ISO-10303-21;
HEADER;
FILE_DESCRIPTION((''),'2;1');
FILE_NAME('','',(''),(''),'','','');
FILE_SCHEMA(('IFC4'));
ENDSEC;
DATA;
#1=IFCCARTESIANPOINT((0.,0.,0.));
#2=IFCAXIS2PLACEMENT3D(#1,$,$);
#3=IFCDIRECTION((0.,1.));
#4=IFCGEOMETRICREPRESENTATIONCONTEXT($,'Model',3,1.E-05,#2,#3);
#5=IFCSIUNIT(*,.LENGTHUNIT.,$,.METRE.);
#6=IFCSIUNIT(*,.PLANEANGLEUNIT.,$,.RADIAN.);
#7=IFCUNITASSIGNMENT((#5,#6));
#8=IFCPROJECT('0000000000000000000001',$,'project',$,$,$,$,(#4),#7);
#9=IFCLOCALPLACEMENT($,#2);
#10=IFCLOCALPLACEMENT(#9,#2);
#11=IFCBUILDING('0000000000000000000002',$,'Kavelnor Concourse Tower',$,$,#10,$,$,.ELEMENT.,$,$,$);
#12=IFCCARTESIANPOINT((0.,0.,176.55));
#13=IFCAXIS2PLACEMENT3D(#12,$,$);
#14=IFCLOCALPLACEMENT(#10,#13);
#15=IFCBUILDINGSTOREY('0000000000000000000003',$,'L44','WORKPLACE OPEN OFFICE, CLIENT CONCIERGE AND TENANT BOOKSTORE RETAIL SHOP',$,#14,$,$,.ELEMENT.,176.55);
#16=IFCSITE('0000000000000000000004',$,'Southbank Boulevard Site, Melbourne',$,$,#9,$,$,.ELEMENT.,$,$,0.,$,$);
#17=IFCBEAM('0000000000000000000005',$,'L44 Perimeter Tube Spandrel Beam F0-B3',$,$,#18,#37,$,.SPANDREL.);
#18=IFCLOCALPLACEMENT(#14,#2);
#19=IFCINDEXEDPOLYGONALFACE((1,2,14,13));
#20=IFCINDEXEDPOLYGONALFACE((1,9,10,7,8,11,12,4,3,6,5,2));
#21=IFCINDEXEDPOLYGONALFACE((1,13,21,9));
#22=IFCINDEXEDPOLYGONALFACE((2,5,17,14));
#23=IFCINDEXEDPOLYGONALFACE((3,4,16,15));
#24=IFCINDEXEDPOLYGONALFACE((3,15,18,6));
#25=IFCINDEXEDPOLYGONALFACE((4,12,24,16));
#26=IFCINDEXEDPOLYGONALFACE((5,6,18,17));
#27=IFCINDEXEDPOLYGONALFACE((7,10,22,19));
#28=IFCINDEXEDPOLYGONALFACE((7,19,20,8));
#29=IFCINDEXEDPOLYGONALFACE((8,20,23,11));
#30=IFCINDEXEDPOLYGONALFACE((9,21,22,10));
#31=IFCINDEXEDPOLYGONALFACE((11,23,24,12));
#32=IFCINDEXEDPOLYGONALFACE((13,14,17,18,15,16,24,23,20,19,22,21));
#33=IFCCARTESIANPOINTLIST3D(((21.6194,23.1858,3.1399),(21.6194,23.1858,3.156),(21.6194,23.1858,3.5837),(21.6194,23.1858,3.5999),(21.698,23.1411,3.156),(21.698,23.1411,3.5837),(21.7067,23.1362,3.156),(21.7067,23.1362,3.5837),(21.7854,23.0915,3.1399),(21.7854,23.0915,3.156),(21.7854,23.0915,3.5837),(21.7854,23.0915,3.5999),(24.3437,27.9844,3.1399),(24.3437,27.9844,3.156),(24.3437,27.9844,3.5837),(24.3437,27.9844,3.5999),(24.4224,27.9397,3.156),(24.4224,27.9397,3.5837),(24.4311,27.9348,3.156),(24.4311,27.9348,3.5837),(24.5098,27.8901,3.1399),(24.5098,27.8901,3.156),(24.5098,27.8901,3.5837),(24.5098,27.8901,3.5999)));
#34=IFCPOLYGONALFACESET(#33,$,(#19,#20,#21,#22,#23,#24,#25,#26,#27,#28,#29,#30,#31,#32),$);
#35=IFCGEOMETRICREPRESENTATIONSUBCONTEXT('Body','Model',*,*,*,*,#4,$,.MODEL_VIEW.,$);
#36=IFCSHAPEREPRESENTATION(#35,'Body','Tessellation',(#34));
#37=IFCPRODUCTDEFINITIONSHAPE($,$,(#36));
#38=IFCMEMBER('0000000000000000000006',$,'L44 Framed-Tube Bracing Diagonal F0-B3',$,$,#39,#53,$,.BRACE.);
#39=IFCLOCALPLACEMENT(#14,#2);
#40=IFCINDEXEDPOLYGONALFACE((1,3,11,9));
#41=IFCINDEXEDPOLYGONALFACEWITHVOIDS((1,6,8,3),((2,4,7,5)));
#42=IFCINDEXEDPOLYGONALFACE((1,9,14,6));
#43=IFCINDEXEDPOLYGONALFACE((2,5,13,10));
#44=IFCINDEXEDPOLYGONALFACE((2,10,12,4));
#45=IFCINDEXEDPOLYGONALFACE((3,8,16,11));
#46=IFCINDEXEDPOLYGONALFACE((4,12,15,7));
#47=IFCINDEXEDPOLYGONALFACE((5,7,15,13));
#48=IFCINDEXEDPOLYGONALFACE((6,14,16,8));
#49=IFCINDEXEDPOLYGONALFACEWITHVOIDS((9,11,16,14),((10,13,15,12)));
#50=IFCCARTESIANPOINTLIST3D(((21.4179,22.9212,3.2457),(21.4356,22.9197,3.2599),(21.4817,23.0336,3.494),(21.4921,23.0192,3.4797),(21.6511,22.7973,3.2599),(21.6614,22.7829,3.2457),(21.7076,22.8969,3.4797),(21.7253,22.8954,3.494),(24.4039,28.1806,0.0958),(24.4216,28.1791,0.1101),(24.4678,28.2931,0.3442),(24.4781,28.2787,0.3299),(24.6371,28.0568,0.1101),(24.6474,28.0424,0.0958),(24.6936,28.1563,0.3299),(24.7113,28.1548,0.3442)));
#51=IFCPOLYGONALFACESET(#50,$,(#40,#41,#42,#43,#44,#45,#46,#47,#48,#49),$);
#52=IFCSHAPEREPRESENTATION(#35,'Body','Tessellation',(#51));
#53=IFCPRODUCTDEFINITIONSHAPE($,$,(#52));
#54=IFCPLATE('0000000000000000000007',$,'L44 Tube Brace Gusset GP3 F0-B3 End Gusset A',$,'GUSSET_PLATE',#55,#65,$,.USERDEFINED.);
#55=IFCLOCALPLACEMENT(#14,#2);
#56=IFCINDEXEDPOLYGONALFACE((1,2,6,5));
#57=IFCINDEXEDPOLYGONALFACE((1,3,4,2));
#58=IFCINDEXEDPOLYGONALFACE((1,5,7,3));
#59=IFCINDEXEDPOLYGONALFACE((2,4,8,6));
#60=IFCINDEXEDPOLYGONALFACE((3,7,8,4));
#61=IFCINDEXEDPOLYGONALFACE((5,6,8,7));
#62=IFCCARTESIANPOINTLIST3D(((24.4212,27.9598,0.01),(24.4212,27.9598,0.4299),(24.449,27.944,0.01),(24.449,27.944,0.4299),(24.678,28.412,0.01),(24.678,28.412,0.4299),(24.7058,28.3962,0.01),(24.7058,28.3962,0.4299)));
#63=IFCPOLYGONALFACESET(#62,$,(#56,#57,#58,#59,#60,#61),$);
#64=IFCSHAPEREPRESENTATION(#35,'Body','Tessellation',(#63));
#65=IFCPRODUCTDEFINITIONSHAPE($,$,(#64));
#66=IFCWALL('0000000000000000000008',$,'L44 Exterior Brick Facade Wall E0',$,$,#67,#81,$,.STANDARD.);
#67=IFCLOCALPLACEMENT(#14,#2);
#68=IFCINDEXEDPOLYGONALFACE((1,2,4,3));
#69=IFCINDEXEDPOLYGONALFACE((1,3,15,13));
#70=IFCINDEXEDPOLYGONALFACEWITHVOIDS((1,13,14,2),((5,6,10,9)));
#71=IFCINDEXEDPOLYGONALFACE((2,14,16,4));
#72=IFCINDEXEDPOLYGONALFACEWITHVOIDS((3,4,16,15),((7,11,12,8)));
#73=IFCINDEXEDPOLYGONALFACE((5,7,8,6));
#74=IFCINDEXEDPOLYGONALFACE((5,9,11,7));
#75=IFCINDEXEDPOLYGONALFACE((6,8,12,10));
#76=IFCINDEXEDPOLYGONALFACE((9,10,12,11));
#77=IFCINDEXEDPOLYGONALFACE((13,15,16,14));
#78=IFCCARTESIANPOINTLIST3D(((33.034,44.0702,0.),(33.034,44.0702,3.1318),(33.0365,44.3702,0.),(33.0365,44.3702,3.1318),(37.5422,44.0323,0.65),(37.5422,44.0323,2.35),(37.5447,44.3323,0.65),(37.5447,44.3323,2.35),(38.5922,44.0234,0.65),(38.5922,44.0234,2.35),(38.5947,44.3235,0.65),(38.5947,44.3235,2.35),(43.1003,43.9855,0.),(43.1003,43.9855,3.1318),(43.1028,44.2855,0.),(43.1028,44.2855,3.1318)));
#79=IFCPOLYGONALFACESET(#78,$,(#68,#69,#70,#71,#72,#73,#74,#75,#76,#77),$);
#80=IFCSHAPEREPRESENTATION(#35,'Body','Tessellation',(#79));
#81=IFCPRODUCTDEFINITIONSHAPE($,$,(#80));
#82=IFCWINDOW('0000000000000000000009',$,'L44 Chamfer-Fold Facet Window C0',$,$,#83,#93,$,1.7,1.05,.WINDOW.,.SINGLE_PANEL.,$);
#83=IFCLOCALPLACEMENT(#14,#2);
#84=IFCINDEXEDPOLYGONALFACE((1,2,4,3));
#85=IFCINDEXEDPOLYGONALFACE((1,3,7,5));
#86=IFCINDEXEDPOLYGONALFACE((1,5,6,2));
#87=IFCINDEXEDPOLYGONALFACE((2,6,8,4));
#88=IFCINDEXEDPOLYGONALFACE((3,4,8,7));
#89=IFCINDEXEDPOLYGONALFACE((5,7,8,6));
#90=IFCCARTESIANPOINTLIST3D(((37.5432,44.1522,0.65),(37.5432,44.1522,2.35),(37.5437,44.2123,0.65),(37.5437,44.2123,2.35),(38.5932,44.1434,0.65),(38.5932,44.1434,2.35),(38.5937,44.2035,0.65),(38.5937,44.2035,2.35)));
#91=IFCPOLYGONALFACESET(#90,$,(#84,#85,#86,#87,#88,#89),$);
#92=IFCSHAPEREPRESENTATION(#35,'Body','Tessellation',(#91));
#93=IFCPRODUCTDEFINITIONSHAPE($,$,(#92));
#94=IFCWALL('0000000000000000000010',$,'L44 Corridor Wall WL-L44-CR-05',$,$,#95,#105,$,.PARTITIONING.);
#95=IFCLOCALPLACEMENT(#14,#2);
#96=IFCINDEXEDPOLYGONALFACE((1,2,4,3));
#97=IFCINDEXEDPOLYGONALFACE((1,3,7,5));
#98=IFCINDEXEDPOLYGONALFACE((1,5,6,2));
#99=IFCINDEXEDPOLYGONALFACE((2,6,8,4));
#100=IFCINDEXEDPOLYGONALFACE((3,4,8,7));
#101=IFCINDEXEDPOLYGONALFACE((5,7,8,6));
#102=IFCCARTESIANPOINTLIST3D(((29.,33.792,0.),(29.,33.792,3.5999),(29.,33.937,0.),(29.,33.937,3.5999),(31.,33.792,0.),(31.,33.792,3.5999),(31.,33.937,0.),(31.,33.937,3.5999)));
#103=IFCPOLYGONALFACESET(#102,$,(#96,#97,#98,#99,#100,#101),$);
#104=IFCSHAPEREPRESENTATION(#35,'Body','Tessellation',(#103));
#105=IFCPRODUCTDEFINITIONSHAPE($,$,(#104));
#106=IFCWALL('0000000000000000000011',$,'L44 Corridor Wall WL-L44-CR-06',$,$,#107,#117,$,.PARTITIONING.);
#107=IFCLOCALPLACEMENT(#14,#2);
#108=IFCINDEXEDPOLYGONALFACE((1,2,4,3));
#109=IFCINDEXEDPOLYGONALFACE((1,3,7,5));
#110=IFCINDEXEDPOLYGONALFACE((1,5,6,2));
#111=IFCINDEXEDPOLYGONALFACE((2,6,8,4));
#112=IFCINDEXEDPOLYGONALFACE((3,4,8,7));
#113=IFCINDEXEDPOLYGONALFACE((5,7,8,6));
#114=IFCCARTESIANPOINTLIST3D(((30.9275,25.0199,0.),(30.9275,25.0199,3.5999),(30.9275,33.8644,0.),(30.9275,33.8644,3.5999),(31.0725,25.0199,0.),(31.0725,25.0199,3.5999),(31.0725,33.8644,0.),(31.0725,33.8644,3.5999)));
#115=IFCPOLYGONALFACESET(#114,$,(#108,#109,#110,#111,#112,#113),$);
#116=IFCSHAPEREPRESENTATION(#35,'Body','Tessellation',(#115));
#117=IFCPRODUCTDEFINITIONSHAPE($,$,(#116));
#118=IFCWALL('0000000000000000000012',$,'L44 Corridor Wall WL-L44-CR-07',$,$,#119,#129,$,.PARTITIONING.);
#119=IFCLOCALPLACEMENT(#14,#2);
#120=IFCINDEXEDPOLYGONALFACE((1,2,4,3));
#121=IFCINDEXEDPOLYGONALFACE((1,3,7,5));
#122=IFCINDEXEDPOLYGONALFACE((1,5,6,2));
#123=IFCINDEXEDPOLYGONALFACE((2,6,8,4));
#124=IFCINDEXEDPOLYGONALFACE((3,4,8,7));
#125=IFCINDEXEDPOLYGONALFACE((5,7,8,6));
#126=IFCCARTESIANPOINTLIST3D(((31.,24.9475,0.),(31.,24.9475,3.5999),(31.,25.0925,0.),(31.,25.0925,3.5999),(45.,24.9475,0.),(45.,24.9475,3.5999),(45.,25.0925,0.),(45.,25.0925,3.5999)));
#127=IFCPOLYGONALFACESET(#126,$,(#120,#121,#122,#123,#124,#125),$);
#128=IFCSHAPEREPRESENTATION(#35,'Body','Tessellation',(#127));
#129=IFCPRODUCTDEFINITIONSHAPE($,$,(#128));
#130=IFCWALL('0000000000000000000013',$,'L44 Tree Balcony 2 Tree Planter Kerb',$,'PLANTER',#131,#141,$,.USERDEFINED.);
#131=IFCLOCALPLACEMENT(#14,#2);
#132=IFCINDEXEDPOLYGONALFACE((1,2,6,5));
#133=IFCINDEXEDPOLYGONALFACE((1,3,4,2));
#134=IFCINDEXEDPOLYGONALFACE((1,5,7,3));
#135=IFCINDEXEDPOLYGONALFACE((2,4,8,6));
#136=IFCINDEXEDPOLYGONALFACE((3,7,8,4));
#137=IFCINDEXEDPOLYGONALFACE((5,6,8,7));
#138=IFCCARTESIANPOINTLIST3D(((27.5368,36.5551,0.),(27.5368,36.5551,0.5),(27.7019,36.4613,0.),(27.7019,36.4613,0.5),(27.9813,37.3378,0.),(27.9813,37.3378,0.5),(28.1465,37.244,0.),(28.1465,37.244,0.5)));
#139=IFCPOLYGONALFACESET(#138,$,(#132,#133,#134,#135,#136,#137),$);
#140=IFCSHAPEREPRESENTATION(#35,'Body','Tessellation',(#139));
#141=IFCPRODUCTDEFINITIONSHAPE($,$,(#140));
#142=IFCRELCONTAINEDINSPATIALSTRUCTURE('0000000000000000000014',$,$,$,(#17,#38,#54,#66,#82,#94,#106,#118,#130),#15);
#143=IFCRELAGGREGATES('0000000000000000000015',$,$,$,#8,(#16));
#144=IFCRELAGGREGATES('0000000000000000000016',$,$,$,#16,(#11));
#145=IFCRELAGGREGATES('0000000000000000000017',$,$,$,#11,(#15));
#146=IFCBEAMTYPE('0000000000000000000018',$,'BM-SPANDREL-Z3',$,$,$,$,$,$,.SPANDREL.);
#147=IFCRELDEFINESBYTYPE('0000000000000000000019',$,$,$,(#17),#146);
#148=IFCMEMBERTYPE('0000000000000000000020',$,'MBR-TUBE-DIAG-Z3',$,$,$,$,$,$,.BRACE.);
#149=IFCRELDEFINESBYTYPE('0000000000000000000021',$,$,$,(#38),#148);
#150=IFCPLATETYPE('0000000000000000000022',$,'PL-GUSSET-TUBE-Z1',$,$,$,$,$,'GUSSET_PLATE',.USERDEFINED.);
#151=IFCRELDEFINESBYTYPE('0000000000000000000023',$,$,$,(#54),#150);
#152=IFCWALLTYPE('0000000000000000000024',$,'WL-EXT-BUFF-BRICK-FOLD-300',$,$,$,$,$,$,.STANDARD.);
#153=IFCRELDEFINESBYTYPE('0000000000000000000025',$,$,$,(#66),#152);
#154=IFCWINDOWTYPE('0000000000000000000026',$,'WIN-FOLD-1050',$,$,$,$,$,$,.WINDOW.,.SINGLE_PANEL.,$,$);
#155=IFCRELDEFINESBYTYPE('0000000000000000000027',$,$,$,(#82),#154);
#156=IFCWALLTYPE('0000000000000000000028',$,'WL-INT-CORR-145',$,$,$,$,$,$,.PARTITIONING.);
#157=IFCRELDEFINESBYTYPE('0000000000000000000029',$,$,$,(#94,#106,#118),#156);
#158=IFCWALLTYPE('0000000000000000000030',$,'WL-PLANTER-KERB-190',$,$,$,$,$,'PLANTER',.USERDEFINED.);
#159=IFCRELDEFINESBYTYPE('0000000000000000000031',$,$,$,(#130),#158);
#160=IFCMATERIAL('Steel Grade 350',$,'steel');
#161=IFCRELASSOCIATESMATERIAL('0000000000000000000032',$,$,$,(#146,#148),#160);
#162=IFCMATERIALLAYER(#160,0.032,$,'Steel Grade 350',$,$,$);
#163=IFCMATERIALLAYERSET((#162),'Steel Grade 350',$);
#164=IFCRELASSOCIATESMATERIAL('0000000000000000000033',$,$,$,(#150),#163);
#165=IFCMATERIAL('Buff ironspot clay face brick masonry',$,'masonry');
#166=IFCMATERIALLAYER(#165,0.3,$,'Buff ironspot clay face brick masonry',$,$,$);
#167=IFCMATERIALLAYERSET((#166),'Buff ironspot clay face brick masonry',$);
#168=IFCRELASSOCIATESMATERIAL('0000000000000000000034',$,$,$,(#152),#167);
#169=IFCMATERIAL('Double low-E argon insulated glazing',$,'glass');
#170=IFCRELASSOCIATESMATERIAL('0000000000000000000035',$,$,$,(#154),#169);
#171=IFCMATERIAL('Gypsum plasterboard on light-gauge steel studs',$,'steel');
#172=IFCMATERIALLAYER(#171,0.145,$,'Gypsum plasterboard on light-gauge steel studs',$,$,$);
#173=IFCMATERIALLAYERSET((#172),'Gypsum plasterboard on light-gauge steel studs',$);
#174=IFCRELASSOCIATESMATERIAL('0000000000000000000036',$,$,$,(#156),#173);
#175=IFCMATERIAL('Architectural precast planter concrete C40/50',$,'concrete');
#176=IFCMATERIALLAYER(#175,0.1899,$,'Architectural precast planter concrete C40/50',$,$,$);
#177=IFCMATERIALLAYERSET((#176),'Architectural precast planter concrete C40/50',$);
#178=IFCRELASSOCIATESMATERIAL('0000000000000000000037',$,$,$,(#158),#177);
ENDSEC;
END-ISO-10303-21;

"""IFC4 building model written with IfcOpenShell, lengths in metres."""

from ifc_helpers import new_model, si_unit, direction, frame, frame_2d, origin, origin_2d, place, context, subcontext, project, spatial, rectangle, hollow_rectangle, i_section, extrude, material, layer, layer_set, material_profile, profile_set, type_object, element, fill, save


model = new_model("IFC4")

# Units and contexts
model_context = context("Model", 3, precision=1e-05, world=origin(), true_north=direction((0.0, 1.0)))
body_context = subcontext(model_context, "Body", "Model", "MODEL_VIEW")
ifc_project = project(units=[si_unit("LENGTHUNIT", "METRE"), si_unit("PLANEANGLEUNIT", "RADIAN")], contexts=[model_context])

# Site, building, storey
site_placement = place(None, origin())
site = spatial("IfcSite", under=ifc_project, at=site_placement, Name="Southbank Boulevard Site, Melbourne", CompositionType="ELEMENT", RefElevation=0.0)
building_placement = place(site_placement, origin())
building = spatial("IfcBuilding", under=site, at=building_placement, Name="Kavelnor Concourse Tower", CompositionType="ELEMENT")
storey_placement = place(building_placement, frame((0.0, 0.0, 176.55)))
storey = spatial("IfcBuildingStorey", under=building, at=storey_placement, Name="L44", Description="WORKPLACE OPEN OFFICE, CLIENT CONCIERGE AND TENANT BOOKSTORE RETAIL SHOP", CompositionType="ELEMENT", Elevation=176.55)

# Shared definitions
ifc_material_1 = material(Name="Steel Grade 350", Category="steel")

# Beam
ifc_material_profile_1 = material_profile(ifc_material_1, i_section(OverallWidth=0.1909, OverallDepth=0.46, WebThickness=0.01, FlangeThickness=0.0161, at=origin_2d()), Name="460UB82")
ifc_profile_set_1 = profile_set([ifc_material_profile_1], Name="Steel Grade 350")
beam_type_1 = type_object("IfcBeamType", Name="BM-SPANDREL-Z3", PredefinedType="SPANDREL", material=ifc_profile_set_1)
for number, where, z_axis, x_axis, name in (
    (1, (24.4268, 27.9373, 3.3699), (-0.493721, -0.86962, 0.0), (0.86962, -0.493721, 0.0), "L44 Perimeter Tube Spandrel Beam F0-B3"),
):
    element("IfcBeam", number, at=place(storey_placement, frame(where, z_axis=z_axis, x_axis=x_axis)), inside=storey, type_object=beam_type_1, Name=name, PredefinedType="SPANDREL", context=body_context, shape_type="SweptSolid", body=[
        extrude(i_section(OverallWidth=0.1909, OverallDepth=0.46, WebThickness=0.01, FlangeThickness=0.0161, at=origin_2d()), origin(), (0.0, 0.0, 1.0), 5.5181),
    ])

# Member
ifc_material_profile_2 = material_profile(ifc_material_1, hollow_rectangle(XDim=0.28, YDim=0.28, WallThickness=0.0161, at=origin_2d()), Name="SHS 280x280x16")
ifc_profile_set_2 = profile_set([ifc_material_profile_2], Name="Steel Grade 350")
member_type = type_object("IfcMemberType", Name="MBR-TUBE-DIAG-Z3", PredefinedType="BRACE", material=ifc_profile_set_2)
member_placement = place(storey_placement, frame((24.5576, 28.1677, 0.22), z_axis=(-0.437895, -0.771284, 0.461918), x_axis=(0.869618, -0.493724, 0.0)))
element("IfcMember", 2, at=member_placement, inside=storey, type_object=member_type, Name="L44 Framed-Tube Bracing Diagonal F0-B3", PredefinedType="BRACE", context=body_context, shape_type="SweptSolid", body=[
    extrude(hollow_rectangle(XDim=0.28, YDim=0.28, WallThickness=0.0161, at=origin_2d()), origin(), (0.0, 0.0, 1.0), 6.8191),
])

# Plate
ifc_layer_1 = layer(ifc_material_1, 0.032, Name="Steel Grade 350")
ifc_layer_set_1 = layer_set([ifc_layer_1], Name="Steel Grade 350")
plate_type = type_object("IfcPlateType", Name="PL-GUSSET-TUBE-Z1", ElementType="GUSSET_PLATE", PredefinedType="USERDEFINED", material=ifc_layer_set_1)
plate_placement = place(storey_placement, frame((24.5635, 28.178, 0.01), z_axis=(0.0, 0.0, 1.0), x_axis=(-0.49379, -0.869581, 0.0)))
element("IfcPlate", 3, at=plate_placement, inside=storey, type_object=plate_type, Name="L44 Tube Brace Gusset GP3 F0-B3 End Gusset A", ObjectType="GUSSET_PLATE", PredefinedType="USERDEFINED", context=body_context, shape_type="SweptSolid", body=[
    extrude(rectangle(XDim=0.52, YDim=0.032, at=origin_2d()), origin(), (0.0, 0.0, 1.0), 0.4199),
])

# Wall, opening, window
ifc_material_2 = material(Name="Buff ironspot clay face brick masonry", Category="masonry")
ifc_layer_2 = layer(ifc_material_2, 0.3, Name="Buff ironspot clay face brick masonry")
ifc_layer_set_2 = layer_set([ifc_layer_2], Name="Buff ironspot clay face brick masonry")
wall_type_1 = type_object("IfcWallType", Name="WL-EXT-BUFF-BRICK-FOLD-300", PredefinedType="STANDARD", material=ifc_layer_set_2)
wall_1_placement = place(storey_placement, frame((33.0354, 44.2202, 0.0), z_axis=(0.0, 0.0, 1.0), x_axis=(0.999965, -0.008415, 0.0)))
wall_1 = element("IfcWall", 4, at=wall_1_placement, inside=storey, type_object=wall_type_1, Name="L44 Exterior Brick Facade Wall E0", PredefinedType="STANDARD", context=body_context, shape_type="SweptSolid", body=[
    extrude(rectangle(XDim=10.0667, YDim=0.3, at=frame_2d((5.0332, 0.0))), origin(), (0.0, 0.0, 1.0), 3.1318),
])
opening_placement = place(wall_1_placement, frame((4.5083, 0.0, 0.6499)))
opening = element("IfcOpeningElement", 5, at=opening_placement, cuts=wall_1, PredefinedType="OPENING", context=body_context, shape_type="SweptSolid", body=[
    extrude(rectangle(XDim=1.05, YDim=1.7, at=frame_2d((0.5249, 0.8501))), frame((0.0, 0.1602, 0.0), z_axis=(0.0, -1.0, 0.0), x_axis=(1.0, 0.0, 0.0)), (0.0, 0.0, 1.0), 0.3201),
])
ifc_material_3 = material(Name="Double low-E argon insulated glazing", Category="glass")
window_type = type_object("IfcWindowType", Name="WIN-FOLD-1050", PartitioningType="SINGLE_PANEL", PredefinedType="WINDOW", material=ifc_material_3)
window_placement = place(opening_placement, origin())
window = element("IfcWindow", 6, at=window_placement, inside=storey, type_object=window_type, Name="L44 Chamfer-Fold Facet Window C0", OverallHeight=1.7, OverallWidth=1.05, PartitioningType="SINGLE_PANEL", PredefinedType="WINDOW", context=body_context, shape_type="SweptSolid", body=[
    extrude(rectangle(XDim=1.05, YDim=1.7, at=frame_2d((0.5249, 0.8501))), frame((0.0, 0.03, 0.0), z_axis=(0.0, -1.0, 0.0), x_axis=(1.0, 0.0, 0.0)), (0.0, 0.0, 1.0), 0.0601),
])
fill(opening, window)

# Walls
ifc_material_4 = material(Name="Gypsum plasterboard on light-gauge steel studs", Category="steel")
ifc_layer_3 = layer(ifc_material_4, 0.145, Name="Gypsum plasterboard on light-gauge steel studs")
ifc_layer_set_3 = layer_set([ifc_layer_3], Name="Gypsum plasterboard on light-gauge steel studs")
wall_type_2 = type_object("IfcWallType", Name="WL-INT-CORR-145", PredefinedType="PARTITIONING", material=ifc_layer_set_3)
wall_2_placement = place(storey_placement, frame((29.0, 33.8645, 0.0), z_axis=(0.0, 0.0, 1.0), x_axis=(1.0, 0.0, 0.0)))
element("IfcWall", 7, at=wall_2_placement, inside=storey, type_object=wall_type_2, Name="L44 Corridor Wall WL-L44-CR-05", PredefinedType="PARTITIONING", context=body_context, shape_type="SweptSolid", body=[
    extrude(rectangle(XDim=2.0, YDim=0.145, at=frame_2d((1.0, 0.0))), origin(), (0.0, 0.0, 1.0), 3.5999),
])
wall_3_placement = place(storey_placement, frame((31.0, 33.8645, 0.0), z_axis=(0.0, 0.0, 1.0), x_axis=(0.0, -1.0, 0.0)))
element("IfcWall", 8, at=wall_3_placement, inside=storey, type_object=wall_type_2, Name="L44 Corridor Wall WL-L44-CR-06", PredefinedType="PARTITIONING", context=body_context, shape_type="SweptSolid", body=[
    extrude(rectangle(XDim=8.8445, YDim=0.145, at=frame_2d((4.4224, 0.0))), origin(), (0.0, 0.0, 1.0), 3.5999),
])
wall_4_placement = place(storey_placement, frame((31.0, 25.02, 0.0), z_axis=(0.0, 0.0, 1.0), x_axis=(1.0, 0.0, 0.0)))
element("IfcWall", 9, at=wall_4_placement, inside=storey, type_object=wall_type_2, Name="L44 Corridor Wall WL-L44-CR-07", PredefinedType="PARTITIONING", context=body_context, shape_type="SweptSolid", body=[
    extrude(rectangle(XDim=14.0, YDim=0.145, at=frame_2d((7.0, 0.0))), origin(), (0.0, 0.0, 1.0), 3.5999),
])
ifc_material_5 = material(Name="Architectural precast planter concrete C40/50", Category="concrete")
ifc_layer_4 = layer(ifc_material_5, 0.1899, Name="Architectural precast planter concrete C40/50")
ifc_layer_set_4 = layer_set([ifc_layer_4], Name="Architectural precast planter concrete C40/50")
wall_type_3 = type_object("IfcWallType", Name="WL-PLANTER-KERB-190", ElementType="PLANTER", PredefinedType="USERDEFINED", material=ifc_layer_set_4)
wall_5_placement = place(storey_placement, frame((28.064, 37.291, 0.0), z_axis=(0.0, 0.0, 1.0), x_axis=(-0.493888, -0.869525, 0.0)))
element("IfcWall", 10, at=wall_5_placement, inside=storey, type_object=wall_type_3, Name="L44 Tree Balcony 2 Tree Planter Kerb", ObjectType="PLANTER", PredefinedType="USERDEFINED", context=body_context, shape_type="SweptSolid", body=[
    extrude(rectangle(XDim=0.9001, YDim=0.1899, at=frame_2d((0.4502, 0.0))), origin(), (0.0, 0.0, 1.0), 0.5),
])

save(model, "model.ifc")
